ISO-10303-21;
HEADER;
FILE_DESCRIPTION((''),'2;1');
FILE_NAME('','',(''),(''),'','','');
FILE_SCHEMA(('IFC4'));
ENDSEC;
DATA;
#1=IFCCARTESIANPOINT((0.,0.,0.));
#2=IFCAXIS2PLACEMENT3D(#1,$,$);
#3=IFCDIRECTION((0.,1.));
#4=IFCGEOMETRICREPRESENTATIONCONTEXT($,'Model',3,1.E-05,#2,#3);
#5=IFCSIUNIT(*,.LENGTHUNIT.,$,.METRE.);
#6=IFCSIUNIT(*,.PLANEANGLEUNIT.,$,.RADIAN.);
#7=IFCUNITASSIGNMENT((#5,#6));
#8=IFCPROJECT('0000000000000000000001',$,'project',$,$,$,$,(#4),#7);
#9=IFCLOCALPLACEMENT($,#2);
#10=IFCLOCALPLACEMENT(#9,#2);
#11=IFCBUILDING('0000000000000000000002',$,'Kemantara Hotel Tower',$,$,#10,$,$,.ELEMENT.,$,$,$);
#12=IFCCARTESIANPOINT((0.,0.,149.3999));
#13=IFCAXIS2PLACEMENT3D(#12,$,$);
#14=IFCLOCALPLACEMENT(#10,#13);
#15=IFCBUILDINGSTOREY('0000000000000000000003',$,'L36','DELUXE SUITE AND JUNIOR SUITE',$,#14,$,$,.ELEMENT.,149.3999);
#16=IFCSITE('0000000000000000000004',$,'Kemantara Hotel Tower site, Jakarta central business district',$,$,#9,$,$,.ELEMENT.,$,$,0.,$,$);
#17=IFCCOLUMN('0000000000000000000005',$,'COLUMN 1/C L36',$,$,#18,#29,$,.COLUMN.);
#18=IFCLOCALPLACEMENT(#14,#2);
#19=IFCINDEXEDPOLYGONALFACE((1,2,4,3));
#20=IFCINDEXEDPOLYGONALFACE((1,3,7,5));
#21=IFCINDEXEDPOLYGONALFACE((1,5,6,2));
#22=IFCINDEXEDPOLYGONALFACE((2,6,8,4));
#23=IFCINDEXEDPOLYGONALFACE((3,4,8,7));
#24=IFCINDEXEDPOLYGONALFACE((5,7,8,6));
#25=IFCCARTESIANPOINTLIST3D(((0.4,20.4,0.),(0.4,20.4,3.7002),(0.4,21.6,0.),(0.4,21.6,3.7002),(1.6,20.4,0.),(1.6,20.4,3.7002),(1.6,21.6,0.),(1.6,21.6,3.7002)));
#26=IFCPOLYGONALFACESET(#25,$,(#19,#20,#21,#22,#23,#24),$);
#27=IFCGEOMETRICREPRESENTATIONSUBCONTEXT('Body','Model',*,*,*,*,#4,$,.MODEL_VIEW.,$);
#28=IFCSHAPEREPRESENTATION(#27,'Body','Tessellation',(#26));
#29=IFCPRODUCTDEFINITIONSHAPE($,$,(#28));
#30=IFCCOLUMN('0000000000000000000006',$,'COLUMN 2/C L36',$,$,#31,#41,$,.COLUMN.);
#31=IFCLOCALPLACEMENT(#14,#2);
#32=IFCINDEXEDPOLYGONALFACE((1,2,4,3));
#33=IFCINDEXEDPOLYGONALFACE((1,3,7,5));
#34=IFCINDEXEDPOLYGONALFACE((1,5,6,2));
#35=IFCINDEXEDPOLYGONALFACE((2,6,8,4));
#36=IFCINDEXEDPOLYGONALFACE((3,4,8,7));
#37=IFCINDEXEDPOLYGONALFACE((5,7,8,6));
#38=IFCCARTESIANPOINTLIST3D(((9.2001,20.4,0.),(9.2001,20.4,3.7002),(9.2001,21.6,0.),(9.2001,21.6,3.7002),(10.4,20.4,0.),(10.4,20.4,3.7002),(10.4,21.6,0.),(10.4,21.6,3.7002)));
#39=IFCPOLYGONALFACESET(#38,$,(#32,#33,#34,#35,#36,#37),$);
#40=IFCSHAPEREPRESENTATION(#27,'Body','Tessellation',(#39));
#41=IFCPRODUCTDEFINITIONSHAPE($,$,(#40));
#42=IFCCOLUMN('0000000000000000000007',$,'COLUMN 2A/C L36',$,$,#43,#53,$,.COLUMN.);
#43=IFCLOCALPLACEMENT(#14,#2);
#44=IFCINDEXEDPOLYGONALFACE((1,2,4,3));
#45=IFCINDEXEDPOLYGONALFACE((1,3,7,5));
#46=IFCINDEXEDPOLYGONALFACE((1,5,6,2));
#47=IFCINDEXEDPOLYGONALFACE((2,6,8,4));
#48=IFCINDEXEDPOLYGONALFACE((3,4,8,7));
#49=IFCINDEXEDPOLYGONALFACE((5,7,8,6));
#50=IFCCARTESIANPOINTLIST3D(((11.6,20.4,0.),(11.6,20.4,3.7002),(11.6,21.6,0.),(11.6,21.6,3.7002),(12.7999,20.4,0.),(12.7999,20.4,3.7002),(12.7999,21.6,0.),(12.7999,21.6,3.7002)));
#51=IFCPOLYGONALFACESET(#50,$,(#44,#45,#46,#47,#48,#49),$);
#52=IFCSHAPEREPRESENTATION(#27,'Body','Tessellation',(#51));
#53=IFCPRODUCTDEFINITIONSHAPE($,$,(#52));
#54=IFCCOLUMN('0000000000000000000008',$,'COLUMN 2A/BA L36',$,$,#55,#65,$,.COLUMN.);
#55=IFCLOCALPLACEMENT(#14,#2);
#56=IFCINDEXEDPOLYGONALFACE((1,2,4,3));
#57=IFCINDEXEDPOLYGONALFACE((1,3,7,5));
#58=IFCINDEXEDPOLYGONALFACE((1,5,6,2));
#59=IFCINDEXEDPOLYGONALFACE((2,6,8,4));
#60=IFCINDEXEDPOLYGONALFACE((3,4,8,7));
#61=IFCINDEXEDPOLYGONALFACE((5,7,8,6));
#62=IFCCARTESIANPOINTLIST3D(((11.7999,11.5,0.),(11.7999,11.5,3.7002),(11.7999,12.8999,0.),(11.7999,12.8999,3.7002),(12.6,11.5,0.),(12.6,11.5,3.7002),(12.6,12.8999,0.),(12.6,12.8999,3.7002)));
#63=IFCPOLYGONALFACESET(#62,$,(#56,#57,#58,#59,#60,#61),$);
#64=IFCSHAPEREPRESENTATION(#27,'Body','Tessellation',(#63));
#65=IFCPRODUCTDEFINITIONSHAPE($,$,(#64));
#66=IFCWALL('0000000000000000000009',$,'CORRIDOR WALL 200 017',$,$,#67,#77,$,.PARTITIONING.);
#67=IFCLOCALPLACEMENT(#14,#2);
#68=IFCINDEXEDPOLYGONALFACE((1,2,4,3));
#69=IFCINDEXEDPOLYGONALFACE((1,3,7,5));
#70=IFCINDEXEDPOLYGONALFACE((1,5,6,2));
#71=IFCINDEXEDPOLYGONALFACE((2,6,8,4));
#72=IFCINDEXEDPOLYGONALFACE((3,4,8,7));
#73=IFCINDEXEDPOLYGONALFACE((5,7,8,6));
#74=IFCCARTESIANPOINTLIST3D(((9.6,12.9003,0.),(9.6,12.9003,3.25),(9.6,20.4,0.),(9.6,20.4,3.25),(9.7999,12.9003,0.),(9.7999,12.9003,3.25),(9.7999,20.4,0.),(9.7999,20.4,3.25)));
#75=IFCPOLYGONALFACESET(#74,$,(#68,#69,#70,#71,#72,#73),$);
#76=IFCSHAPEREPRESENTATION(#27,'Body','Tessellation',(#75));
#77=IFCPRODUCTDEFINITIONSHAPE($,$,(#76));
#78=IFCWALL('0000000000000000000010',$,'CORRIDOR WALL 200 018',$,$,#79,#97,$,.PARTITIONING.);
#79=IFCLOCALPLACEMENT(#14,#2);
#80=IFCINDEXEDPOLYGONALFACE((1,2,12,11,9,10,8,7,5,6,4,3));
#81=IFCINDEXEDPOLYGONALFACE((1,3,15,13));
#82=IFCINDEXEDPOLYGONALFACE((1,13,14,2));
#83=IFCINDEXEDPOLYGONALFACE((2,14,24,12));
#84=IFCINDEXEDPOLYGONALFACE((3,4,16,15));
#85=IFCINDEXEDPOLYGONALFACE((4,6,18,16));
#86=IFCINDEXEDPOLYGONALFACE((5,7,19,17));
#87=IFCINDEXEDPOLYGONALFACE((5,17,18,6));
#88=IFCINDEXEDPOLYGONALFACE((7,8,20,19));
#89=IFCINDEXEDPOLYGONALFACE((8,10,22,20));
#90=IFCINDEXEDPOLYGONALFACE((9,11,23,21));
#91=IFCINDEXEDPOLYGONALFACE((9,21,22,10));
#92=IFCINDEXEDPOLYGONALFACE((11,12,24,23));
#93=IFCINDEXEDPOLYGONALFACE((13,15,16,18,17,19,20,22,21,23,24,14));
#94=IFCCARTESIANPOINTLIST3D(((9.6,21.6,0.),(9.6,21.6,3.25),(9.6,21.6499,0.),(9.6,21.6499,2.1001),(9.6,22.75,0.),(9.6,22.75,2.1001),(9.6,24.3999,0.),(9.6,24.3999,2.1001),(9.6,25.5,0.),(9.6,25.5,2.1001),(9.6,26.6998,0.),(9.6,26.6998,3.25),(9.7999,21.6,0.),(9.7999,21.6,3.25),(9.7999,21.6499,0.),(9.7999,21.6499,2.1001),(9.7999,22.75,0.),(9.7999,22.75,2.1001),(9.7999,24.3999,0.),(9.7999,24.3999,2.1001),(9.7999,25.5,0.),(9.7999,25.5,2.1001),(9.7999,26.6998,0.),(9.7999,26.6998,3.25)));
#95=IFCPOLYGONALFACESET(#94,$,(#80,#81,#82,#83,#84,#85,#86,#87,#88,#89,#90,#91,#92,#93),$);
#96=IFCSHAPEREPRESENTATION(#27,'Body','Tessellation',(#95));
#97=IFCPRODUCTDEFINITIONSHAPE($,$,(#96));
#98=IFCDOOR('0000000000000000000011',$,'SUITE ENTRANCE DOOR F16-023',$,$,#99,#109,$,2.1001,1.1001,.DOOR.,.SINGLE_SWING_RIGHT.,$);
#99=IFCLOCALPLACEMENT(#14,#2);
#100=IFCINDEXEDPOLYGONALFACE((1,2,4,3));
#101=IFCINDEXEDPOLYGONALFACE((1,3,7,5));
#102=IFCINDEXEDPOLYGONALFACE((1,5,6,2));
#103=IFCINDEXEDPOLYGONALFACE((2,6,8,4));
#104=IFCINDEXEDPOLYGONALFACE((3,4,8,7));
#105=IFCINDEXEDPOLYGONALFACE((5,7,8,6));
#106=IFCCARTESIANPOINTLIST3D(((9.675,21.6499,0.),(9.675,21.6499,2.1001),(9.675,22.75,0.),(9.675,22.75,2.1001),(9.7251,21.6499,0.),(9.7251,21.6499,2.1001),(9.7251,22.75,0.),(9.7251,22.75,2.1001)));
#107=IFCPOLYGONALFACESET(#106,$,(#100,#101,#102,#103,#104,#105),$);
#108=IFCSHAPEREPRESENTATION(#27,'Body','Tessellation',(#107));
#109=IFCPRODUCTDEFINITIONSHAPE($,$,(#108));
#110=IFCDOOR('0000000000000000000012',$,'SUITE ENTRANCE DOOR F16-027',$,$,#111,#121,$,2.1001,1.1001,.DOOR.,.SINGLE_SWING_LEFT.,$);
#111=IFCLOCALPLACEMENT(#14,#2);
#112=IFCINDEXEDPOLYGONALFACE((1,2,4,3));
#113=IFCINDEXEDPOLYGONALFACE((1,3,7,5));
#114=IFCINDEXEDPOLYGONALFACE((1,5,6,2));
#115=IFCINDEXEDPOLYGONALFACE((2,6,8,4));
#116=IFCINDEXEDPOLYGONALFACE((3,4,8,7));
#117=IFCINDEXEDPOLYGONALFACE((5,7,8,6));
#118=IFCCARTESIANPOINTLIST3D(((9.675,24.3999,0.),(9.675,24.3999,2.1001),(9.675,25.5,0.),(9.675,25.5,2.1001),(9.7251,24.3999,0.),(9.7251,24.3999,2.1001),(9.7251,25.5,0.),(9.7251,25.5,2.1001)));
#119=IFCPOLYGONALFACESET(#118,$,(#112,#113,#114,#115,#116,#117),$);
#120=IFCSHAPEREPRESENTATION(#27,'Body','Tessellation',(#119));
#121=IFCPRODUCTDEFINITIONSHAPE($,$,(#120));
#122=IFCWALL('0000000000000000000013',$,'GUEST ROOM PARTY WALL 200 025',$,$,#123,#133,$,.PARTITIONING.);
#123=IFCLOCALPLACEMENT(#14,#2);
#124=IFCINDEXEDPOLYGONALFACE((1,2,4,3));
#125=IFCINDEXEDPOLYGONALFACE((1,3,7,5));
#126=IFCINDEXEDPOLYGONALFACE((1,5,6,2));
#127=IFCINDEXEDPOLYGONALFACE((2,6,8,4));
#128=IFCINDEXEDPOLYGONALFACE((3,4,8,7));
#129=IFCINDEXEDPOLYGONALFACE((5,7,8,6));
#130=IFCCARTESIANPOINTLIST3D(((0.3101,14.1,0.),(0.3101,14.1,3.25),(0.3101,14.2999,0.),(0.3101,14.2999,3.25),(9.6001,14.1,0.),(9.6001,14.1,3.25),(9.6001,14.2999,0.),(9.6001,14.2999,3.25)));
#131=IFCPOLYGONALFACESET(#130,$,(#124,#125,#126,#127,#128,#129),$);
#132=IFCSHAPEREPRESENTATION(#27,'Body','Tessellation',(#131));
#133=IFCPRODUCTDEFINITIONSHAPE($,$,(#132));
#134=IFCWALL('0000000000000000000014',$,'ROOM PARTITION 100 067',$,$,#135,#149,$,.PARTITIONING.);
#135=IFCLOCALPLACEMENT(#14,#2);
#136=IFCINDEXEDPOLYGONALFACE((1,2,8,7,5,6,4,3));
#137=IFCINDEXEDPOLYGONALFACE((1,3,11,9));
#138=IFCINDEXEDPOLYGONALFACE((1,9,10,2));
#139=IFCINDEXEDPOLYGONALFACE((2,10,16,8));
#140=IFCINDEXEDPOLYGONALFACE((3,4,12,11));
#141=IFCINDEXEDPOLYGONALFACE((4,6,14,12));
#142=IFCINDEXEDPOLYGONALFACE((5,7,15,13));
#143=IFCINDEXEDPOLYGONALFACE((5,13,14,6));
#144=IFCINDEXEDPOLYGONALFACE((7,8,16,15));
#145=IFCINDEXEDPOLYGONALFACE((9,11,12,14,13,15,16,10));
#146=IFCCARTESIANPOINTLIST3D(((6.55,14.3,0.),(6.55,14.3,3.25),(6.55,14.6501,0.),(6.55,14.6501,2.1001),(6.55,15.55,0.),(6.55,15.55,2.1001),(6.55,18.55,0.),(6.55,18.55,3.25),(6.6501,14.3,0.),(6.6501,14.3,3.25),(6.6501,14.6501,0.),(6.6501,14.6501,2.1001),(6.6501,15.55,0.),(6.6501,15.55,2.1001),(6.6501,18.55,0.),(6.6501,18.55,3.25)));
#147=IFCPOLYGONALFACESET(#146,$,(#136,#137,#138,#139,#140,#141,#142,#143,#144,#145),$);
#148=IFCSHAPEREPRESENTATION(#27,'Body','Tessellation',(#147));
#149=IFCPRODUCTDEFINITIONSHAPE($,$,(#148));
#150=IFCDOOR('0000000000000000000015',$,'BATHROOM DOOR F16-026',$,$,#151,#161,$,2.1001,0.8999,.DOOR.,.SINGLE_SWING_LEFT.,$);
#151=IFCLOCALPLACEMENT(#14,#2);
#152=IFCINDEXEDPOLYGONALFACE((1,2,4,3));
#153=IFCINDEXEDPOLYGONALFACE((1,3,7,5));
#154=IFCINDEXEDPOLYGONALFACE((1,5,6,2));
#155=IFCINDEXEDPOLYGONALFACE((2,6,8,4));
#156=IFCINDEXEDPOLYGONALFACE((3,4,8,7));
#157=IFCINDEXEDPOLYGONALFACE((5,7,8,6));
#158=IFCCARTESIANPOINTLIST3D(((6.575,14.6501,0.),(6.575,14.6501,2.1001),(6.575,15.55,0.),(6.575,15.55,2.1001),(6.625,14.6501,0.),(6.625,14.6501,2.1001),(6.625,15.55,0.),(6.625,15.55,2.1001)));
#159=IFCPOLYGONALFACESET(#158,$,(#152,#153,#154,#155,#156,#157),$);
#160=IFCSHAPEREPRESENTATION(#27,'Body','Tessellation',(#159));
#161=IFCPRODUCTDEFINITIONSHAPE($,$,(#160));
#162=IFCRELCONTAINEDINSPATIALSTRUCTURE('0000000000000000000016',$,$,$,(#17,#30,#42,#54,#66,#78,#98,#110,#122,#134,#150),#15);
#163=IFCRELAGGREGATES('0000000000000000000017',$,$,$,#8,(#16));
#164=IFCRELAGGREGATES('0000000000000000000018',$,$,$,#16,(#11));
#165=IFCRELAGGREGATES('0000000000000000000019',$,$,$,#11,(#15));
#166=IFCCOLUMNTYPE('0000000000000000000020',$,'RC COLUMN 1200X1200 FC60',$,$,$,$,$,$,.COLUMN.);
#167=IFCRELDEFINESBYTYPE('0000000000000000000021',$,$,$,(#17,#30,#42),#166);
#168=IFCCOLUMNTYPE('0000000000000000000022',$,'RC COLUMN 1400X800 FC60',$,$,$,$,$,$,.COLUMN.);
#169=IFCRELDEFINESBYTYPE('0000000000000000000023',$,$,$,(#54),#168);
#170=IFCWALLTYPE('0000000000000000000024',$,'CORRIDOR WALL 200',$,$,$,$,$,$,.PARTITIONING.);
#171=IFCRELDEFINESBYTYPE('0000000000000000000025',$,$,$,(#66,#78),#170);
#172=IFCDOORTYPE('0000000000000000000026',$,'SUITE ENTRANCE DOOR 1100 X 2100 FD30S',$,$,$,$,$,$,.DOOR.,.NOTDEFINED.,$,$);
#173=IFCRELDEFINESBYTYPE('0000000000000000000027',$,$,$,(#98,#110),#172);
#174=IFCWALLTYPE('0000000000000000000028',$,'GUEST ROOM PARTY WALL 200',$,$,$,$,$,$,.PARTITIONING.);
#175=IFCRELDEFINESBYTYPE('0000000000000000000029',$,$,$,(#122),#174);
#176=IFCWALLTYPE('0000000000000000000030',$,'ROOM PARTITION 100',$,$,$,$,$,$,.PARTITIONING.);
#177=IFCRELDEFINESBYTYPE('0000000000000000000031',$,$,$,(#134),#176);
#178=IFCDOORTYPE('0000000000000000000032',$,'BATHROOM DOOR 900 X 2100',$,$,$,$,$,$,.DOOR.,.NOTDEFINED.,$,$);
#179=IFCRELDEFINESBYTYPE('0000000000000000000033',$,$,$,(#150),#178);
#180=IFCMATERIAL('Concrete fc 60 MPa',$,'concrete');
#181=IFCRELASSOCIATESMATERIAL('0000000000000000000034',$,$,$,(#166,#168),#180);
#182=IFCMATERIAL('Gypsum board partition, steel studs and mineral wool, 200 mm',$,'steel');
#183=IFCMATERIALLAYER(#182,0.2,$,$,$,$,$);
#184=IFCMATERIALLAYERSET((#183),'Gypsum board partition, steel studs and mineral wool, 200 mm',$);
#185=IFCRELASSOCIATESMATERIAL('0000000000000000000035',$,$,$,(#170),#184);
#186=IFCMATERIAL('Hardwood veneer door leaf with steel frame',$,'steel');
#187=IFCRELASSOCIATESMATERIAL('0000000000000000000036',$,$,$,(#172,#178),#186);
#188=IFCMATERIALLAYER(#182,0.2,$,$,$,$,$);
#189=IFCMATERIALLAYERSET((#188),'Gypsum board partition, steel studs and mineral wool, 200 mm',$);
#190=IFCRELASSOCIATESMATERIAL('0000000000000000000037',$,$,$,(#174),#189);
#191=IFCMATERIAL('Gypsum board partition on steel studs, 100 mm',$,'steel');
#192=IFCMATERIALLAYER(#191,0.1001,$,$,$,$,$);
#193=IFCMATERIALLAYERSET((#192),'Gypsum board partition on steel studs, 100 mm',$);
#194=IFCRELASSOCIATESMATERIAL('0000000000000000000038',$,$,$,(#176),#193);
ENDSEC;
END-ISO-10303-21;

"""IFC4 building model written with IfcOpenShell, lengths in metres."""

from ifc_helpers import new_model, si_unit, direction, frame, frame_2d, origin, origin_2d, place, context, subcontext, project, spatial, rectangle, extrude, material, layer, layer_set, material_profile, profile_set, type_object, element, fill, save


model = new_model("IFC4")

# Units and contexts
model_context = context("Model", 3, precision=1e-05, world=origin(), true_north=direction((0.0, 1.0)))
body_context = subcontext(model_context, "Body", "Model", "MODEL_VIEW")
ifc_project = project(units=[si_unit("LENGTHUNIT", "METRE"), si_unit("PLANEANGLEUNIT", "RADIAN")], contexts=[model_context])

# Site, building, storey
site_placement = place(None, origin())
site = spatial("IfcSite", under=ifc_project, at=site_placement, Name="Kemantara Hotel Tower site, Jakarta central business district", CompositionType="ELEMENT", RefElevation=0.0)
building_placement = place(site_placement, origin())
building = spatial("IfcBuilding", under=site, at=building_placement, Name="Kemantara Hotel Tower", CompositionType="ELEMENT")
storey_placement = place(building_placement, frame((0.0, 0.0, 149.3999)))
storey = spatial("IfcBuildingStorey", under=building, at=storey_placement, Name="L36", Description="DELUXE SUITE AND JUNIOR SUITE", CompositionType="ELEMENT", Elevation=149.3999)

# Columns
ifc_material_1 = material(Name="Concrete fc 60 MPa", Category="concrete")
ifc_material_profile_1 = material_profile(ifc_material_1, rectangle(XDim=1.2, YDim=1.2, at=origin_2d()), Name="RC 1200X1200")
ifc_profile_set_1 = profile_set([ifc_material_profile_1], Name="Concrete fc 60 MPa")
column_type_1 = type_object("IfcColumnType", Name="RC COLUMN 1200X1200 FC60", PredefinedType="COLUMN", material=ifc_profile_set_1)
for number, where, z_axis, x_axis, name in (
    (1, (1.0, 21.0, 0.0), (0.0, 0.0, 1.0), (1.0, 0.0, 0.0), "COLUMN 1/C L36"),
    (2, (9.8, 21.0, 0.0), (0.0, 0.0, 1.0), (1.0, 0.0, 0.0), "COLUMN 2/C L36"),
    (3, (12.2, 21.0, 0.0), (0.0, 0.0, 1.0), (1.0, 0.0, 0.0), "COLUMN 2A/C L36"),
):
    element("IfcColumn", number, at=place(storey_placement, frame(where, z_axis=z_axis, x_axis=x_axis)), inside=storey, type_object=column_type_1, Name=name, PredefinedType="COLUMN", context=body_context, shape_type="SweptSolid", body=[
        extrude(rectangle(XDim=1.2, YDim=1.2, at=origin_2d()), origin(), (0.0, 0.0, 1.0), 3.7002),
    ])
ifc_material_profile_2 = material_profile(ifc_material_1, rectangle(XDim=1.3999, YDim=0.8, at=origin_2d()), Name="RC 1400X800")
ifc_profile_set_2 = profile_set([ifc_material_profile_2], Name="Concrete fc 60 MPa")
column_type_2 = type_object("IfcColumnType", Name="RC COLUMN 1400X800 FC60", PredefinedType="COLUMN", material=ifc_profile_set_2)
column_placement = place(storey_placement, frame((12.2, 12.2, 0.0), z_axis=(0.0, 0.0, 1.0), x_axis=(0.0, 1.0, 0.0)))
element("IfcColumn", 4, at=column_placement, inside=storey, type_object=column_type_2, Name="COLUMN 2A/BA L36", PredefinedType="COLUMN", context=body_context, shape_type="SweptSolid", body=[
    extrude(rectangle(XDim=1.3999, YDim=0.8, at=origin_2d()), origin(), (0.0, 0.0, 1.0), 3.7002),
])

# Wall
ifc_material_2 = material(Name="Gypsum board partition, steel studs and mineral wool, 200 mm", Category="steel")
ifc_layer_1 = layer(ifc_material_2, 0.2)
ifc_layer_set_1 = layer_set([ifc_layer_1], Name="Gypsum board partition, steel studs and mineral wool, 200 mm")
wall_type_1 = type_object("IfcWallType", Name="CORRIDOR WALL 200", PredefinedType="PARTITIONING", material=ifc_layer_set_1)
wall_1_placement = place(storey_placement, frame((9.7, 12.9001, 0.0), z_axis=(0.0, 0.0, 1.0), x_axis=(0.0, 1.0, 0.0)))
element("IfcWall", 5, at=wall_1_placement, inside=storey, type_object=wall_type_1, Name="CORRIDOR WALL 200 017", PredefinedType="PARTITIONING", context=body_context, shape_type="SweptSolid", body=[
    extrude(rectangle(XDim=7.4998, YDim=0.2, at=frame_2d((3.75, 0.0))), origin(), (0.0, 0.0, 1.0), 3.25),
])

# Wall, openings, doors
wall_2_placement = place(storey_placement, frame((9.7, 21.6001, 0.0), z_axis=(0.0, 0.0, 1.0), x_axis=(0.0, 1.0, 0.0)))
wall_2 = element("IfcWall", 6, at=wall_2_placement, inside=storey, type_object=wall_type_1, Name="CORRIDOR WALL 200 018", PredefinedType="PARTITIONING", context=body_context, shape_type="SweptSolid", body=[
    extrude(rectangle(XDim=5.0999, YDim=0.2, at=frame_2d((2.5498, 0.0))), origin(), (0.0, 0.0, 1.0), 3.25),
])
opening_1_placement = place(wall_2_placement, frame((0.0498, 0.0, 0.0)))
opening_1 = element("IfcOpeningElement", 7, at=opening_1_placement, cuts=wall_2, PredefinedType="OPENING", context=body_context, shape_type="SweptSolid", body=[
    extrude(rectangle(XDim=1.1001, YDim=2.1001, at=frame_2d((0.55, 1.05))), frame((0.0, 0.1099, 0.0), z_axis=(0.0, -1.0, 0.0), x_axis=(1.0, 0.0, 0.0)), (0.0, 0.0, 1.0), 0.22),
])
opening_2_placement = place(wall_2_placement, frame((2.7998, 0.0, 0.0)))
opening_2 = element("IfcOpeningElement", 8, at=opening_2_placement, cuts=wall_2, PredefinedType="OPENING", context=body_context, shape_type="SweptSolid", body=[
    extrude(rectangle(XDim=1.1001, YDim=2.1001, at=frame_2d((0.55, 1.05))), frame((0.0, 0.1099, 0.0), z_axis=(0.0, -1.0, 0.0), x_axis=(1.0, 0.0, 0.0)), (0.0, 0.0, 1.0), 0.22),
])
ifc_material_3 = material(Name="Hardwood veneer door leaf with steel frame", Category="steel")
door_type_1 = type_object("IfcDoorType", Name="SUITE ENTRANCE DOOR 1100 X 2100 FD30S", OperationType="NOTDEFINED", PredefinedType="DOOR", material=ifc_material_3)
door_1_placement = place(opening_1_placement, origin())
door_1 = element("IfcDoor", 9, at=door_1_placement, inside=storey, type_object=door_type_1, Name="SUITE ENTRANCE DOOR F16-023", OperationType="SINGLE_SWING_RIGHT", OverallHeight=2.1001, OverallWidth=1.1001, PredefinedType="DOOR", context=body_context, shape_type="SweptSolid", body=[
    extrude(rectangle(XDim=1.1001, YDim=2.1001, at=frame_2d((0.55, 1.05))), frame((0.0, 0.0249, 0.0), z_axis=(0.0, -1.0, 0.0), x_axis=(1.0, 0.0, 0.0)), (0.0, 0.0, 1.0), 0.05),
])
fill(opening_1, door_1)
door_2_placement = place(opening_2_placement, origin())
door_2 = element("IfcDoor", 10, at=door_2_placement, inside=storey, type_object=door_type_1, Name="SUITE ENTRANCE DOOR F16-027", OperationType="SINGLE_SWING_LEFT", OverallHeight=2.1001, OverallWidth=1.1001, PredefinedType="DOOR", context=body_context, shape_type="SweptSolid", body=[
    extrude(rectangle(XDim=1.1001, YDim=2.1001, at=frame_2d((0.55, 1.05))), frame((0.0, 0.0249, 0.0), z_axis=(0.0, -1.0, 0.0), x_axis=(1.0, 0.0, 0.0)), (0.0, 0.0, 1.0), 0.05),
])
fill(opening_2, door_2)

# Wall
ifc_layer_2 = layer(ifc_material_2, 0.2)
ifc_layer_set_2 = layer_set([ifc_layer_2], Name="Gypsum board partition, steel studs and mineral wool, 200 mm")
wall_type_2 = type_object("IfcWallType", Name="GUEST ROOM PARTY WALL 200", PredefinedType="PARTITIONING", material=ifc_layer_set_2)
wall_3_placement = place(storey_placement, frame((0.3101, 14.2, 0.0), z_axis=(0.0, 0.0, 1.0), x_axis=(1.0, 0.0, 0.0)))
element("IfcWall", 11, at=wall_3_placement, inside=storey, type_object=wall_type_2, Name="GUEST ROOM PARTY WALL 200 025", PredefinedType="PARTITIONING", context=body_context, shape_type="SweptSolid", body=[
    extrude(rectangle(XDim=9.29, YDim=0.2, at=frame_2d((4.645, 0.0))), origin(), (0.0, 0.0, 1.0), 3.25),
])

# Wall, opening, door
ifc_material_4 = material(Name="Gypsum board partition on steel studs, 100 mm", Category="steel")
ifc_layer_3 = layer(ifc_material_4, 0.1001)
ifc_layer_set_3 = layer_set([ifc_layer_3], Name="Gypsum board partition on steel studs, 100 mm")
wall_type_3 = type_object("IfcWallType", Name="ROOM PARTITION 100", PredefinedType="PARTITIONING", material=ifc_layer_set_3)
wall_4_placement = place(storey_placement, frame((6.6001, 18.55, 0.0), z_axis=(0.0, 0.0, 1.0), x_axis=(0.0, -1.0, 0.0)))
wall_4 = element("IfcWall", 12, at=wall_4_placement, inside=storey, type_object=wall_type_3, Name="ROOM PARTITION 100 067", PredefinedType="PARTITIONING", context=body_context, shape_type="SweptSolid", body=[
    extrude(rectangle(XDim=4.25, YDim=0.1001, at=frame_2d((2.125, 0.0))), origin(), (0.0, 0.0, 1.0), 3.25),
])
opening_3_placement = place(wall_4_placement, frame((3.0, 0.0, 0.0)))
opening_3 = element("IfcOpeningElement", 13, at=opening_3_placement, cuts=wall_4, PredefinedType="OPENING", context=body_context, shape_type="SweptSolid", body=[
    extrude(rectangle(XDim=0.8999, YDim=2.1001, at=frame_2d((0.45, 1.05))), frame((0.0, 0.0601, 0.0), z_axis=(0.0, -1.0, 0.0), x_axis=(1.0, 0.0, 0.0)), (0.0, 0.0, 1.0), 0.1201),
])
door_type_2 = type_object("IfcDoorType", Name="BATHROOM DOOR 900 X 2100", OperationType="NOTDEFINED", PredefinedType="DOOR", material=ifc_material_3)
door_3_placement = place(opening_3_placement, origin())
door_3 = element("IfcDoor", 14, at=door_3_placement, inside=storey, type_object=door_type_2, Name="BATHROOM DOOR F16-026", OperationType="SINGLE_SWING_LEFT", OverallHeight=2.1001, OverallWidth=0.8999, PredefinedType="DOOR", context=body_context, shape_type="SweptSolid", body=[
    extrude(rectangle(XDim=0.8999, YDim=2.1001, at=frame_2d((0.45, 1.05))), frame((0.0, 0.0249, 0.0), z_axis=(0.0, -1.0, 0.0), x_axis=(1.0, 0.0, 0.0)), (0.0, 0.0, 1.0), 0.05),
])
fill(opening_3, door_3)

save(model, "model.ifc")
